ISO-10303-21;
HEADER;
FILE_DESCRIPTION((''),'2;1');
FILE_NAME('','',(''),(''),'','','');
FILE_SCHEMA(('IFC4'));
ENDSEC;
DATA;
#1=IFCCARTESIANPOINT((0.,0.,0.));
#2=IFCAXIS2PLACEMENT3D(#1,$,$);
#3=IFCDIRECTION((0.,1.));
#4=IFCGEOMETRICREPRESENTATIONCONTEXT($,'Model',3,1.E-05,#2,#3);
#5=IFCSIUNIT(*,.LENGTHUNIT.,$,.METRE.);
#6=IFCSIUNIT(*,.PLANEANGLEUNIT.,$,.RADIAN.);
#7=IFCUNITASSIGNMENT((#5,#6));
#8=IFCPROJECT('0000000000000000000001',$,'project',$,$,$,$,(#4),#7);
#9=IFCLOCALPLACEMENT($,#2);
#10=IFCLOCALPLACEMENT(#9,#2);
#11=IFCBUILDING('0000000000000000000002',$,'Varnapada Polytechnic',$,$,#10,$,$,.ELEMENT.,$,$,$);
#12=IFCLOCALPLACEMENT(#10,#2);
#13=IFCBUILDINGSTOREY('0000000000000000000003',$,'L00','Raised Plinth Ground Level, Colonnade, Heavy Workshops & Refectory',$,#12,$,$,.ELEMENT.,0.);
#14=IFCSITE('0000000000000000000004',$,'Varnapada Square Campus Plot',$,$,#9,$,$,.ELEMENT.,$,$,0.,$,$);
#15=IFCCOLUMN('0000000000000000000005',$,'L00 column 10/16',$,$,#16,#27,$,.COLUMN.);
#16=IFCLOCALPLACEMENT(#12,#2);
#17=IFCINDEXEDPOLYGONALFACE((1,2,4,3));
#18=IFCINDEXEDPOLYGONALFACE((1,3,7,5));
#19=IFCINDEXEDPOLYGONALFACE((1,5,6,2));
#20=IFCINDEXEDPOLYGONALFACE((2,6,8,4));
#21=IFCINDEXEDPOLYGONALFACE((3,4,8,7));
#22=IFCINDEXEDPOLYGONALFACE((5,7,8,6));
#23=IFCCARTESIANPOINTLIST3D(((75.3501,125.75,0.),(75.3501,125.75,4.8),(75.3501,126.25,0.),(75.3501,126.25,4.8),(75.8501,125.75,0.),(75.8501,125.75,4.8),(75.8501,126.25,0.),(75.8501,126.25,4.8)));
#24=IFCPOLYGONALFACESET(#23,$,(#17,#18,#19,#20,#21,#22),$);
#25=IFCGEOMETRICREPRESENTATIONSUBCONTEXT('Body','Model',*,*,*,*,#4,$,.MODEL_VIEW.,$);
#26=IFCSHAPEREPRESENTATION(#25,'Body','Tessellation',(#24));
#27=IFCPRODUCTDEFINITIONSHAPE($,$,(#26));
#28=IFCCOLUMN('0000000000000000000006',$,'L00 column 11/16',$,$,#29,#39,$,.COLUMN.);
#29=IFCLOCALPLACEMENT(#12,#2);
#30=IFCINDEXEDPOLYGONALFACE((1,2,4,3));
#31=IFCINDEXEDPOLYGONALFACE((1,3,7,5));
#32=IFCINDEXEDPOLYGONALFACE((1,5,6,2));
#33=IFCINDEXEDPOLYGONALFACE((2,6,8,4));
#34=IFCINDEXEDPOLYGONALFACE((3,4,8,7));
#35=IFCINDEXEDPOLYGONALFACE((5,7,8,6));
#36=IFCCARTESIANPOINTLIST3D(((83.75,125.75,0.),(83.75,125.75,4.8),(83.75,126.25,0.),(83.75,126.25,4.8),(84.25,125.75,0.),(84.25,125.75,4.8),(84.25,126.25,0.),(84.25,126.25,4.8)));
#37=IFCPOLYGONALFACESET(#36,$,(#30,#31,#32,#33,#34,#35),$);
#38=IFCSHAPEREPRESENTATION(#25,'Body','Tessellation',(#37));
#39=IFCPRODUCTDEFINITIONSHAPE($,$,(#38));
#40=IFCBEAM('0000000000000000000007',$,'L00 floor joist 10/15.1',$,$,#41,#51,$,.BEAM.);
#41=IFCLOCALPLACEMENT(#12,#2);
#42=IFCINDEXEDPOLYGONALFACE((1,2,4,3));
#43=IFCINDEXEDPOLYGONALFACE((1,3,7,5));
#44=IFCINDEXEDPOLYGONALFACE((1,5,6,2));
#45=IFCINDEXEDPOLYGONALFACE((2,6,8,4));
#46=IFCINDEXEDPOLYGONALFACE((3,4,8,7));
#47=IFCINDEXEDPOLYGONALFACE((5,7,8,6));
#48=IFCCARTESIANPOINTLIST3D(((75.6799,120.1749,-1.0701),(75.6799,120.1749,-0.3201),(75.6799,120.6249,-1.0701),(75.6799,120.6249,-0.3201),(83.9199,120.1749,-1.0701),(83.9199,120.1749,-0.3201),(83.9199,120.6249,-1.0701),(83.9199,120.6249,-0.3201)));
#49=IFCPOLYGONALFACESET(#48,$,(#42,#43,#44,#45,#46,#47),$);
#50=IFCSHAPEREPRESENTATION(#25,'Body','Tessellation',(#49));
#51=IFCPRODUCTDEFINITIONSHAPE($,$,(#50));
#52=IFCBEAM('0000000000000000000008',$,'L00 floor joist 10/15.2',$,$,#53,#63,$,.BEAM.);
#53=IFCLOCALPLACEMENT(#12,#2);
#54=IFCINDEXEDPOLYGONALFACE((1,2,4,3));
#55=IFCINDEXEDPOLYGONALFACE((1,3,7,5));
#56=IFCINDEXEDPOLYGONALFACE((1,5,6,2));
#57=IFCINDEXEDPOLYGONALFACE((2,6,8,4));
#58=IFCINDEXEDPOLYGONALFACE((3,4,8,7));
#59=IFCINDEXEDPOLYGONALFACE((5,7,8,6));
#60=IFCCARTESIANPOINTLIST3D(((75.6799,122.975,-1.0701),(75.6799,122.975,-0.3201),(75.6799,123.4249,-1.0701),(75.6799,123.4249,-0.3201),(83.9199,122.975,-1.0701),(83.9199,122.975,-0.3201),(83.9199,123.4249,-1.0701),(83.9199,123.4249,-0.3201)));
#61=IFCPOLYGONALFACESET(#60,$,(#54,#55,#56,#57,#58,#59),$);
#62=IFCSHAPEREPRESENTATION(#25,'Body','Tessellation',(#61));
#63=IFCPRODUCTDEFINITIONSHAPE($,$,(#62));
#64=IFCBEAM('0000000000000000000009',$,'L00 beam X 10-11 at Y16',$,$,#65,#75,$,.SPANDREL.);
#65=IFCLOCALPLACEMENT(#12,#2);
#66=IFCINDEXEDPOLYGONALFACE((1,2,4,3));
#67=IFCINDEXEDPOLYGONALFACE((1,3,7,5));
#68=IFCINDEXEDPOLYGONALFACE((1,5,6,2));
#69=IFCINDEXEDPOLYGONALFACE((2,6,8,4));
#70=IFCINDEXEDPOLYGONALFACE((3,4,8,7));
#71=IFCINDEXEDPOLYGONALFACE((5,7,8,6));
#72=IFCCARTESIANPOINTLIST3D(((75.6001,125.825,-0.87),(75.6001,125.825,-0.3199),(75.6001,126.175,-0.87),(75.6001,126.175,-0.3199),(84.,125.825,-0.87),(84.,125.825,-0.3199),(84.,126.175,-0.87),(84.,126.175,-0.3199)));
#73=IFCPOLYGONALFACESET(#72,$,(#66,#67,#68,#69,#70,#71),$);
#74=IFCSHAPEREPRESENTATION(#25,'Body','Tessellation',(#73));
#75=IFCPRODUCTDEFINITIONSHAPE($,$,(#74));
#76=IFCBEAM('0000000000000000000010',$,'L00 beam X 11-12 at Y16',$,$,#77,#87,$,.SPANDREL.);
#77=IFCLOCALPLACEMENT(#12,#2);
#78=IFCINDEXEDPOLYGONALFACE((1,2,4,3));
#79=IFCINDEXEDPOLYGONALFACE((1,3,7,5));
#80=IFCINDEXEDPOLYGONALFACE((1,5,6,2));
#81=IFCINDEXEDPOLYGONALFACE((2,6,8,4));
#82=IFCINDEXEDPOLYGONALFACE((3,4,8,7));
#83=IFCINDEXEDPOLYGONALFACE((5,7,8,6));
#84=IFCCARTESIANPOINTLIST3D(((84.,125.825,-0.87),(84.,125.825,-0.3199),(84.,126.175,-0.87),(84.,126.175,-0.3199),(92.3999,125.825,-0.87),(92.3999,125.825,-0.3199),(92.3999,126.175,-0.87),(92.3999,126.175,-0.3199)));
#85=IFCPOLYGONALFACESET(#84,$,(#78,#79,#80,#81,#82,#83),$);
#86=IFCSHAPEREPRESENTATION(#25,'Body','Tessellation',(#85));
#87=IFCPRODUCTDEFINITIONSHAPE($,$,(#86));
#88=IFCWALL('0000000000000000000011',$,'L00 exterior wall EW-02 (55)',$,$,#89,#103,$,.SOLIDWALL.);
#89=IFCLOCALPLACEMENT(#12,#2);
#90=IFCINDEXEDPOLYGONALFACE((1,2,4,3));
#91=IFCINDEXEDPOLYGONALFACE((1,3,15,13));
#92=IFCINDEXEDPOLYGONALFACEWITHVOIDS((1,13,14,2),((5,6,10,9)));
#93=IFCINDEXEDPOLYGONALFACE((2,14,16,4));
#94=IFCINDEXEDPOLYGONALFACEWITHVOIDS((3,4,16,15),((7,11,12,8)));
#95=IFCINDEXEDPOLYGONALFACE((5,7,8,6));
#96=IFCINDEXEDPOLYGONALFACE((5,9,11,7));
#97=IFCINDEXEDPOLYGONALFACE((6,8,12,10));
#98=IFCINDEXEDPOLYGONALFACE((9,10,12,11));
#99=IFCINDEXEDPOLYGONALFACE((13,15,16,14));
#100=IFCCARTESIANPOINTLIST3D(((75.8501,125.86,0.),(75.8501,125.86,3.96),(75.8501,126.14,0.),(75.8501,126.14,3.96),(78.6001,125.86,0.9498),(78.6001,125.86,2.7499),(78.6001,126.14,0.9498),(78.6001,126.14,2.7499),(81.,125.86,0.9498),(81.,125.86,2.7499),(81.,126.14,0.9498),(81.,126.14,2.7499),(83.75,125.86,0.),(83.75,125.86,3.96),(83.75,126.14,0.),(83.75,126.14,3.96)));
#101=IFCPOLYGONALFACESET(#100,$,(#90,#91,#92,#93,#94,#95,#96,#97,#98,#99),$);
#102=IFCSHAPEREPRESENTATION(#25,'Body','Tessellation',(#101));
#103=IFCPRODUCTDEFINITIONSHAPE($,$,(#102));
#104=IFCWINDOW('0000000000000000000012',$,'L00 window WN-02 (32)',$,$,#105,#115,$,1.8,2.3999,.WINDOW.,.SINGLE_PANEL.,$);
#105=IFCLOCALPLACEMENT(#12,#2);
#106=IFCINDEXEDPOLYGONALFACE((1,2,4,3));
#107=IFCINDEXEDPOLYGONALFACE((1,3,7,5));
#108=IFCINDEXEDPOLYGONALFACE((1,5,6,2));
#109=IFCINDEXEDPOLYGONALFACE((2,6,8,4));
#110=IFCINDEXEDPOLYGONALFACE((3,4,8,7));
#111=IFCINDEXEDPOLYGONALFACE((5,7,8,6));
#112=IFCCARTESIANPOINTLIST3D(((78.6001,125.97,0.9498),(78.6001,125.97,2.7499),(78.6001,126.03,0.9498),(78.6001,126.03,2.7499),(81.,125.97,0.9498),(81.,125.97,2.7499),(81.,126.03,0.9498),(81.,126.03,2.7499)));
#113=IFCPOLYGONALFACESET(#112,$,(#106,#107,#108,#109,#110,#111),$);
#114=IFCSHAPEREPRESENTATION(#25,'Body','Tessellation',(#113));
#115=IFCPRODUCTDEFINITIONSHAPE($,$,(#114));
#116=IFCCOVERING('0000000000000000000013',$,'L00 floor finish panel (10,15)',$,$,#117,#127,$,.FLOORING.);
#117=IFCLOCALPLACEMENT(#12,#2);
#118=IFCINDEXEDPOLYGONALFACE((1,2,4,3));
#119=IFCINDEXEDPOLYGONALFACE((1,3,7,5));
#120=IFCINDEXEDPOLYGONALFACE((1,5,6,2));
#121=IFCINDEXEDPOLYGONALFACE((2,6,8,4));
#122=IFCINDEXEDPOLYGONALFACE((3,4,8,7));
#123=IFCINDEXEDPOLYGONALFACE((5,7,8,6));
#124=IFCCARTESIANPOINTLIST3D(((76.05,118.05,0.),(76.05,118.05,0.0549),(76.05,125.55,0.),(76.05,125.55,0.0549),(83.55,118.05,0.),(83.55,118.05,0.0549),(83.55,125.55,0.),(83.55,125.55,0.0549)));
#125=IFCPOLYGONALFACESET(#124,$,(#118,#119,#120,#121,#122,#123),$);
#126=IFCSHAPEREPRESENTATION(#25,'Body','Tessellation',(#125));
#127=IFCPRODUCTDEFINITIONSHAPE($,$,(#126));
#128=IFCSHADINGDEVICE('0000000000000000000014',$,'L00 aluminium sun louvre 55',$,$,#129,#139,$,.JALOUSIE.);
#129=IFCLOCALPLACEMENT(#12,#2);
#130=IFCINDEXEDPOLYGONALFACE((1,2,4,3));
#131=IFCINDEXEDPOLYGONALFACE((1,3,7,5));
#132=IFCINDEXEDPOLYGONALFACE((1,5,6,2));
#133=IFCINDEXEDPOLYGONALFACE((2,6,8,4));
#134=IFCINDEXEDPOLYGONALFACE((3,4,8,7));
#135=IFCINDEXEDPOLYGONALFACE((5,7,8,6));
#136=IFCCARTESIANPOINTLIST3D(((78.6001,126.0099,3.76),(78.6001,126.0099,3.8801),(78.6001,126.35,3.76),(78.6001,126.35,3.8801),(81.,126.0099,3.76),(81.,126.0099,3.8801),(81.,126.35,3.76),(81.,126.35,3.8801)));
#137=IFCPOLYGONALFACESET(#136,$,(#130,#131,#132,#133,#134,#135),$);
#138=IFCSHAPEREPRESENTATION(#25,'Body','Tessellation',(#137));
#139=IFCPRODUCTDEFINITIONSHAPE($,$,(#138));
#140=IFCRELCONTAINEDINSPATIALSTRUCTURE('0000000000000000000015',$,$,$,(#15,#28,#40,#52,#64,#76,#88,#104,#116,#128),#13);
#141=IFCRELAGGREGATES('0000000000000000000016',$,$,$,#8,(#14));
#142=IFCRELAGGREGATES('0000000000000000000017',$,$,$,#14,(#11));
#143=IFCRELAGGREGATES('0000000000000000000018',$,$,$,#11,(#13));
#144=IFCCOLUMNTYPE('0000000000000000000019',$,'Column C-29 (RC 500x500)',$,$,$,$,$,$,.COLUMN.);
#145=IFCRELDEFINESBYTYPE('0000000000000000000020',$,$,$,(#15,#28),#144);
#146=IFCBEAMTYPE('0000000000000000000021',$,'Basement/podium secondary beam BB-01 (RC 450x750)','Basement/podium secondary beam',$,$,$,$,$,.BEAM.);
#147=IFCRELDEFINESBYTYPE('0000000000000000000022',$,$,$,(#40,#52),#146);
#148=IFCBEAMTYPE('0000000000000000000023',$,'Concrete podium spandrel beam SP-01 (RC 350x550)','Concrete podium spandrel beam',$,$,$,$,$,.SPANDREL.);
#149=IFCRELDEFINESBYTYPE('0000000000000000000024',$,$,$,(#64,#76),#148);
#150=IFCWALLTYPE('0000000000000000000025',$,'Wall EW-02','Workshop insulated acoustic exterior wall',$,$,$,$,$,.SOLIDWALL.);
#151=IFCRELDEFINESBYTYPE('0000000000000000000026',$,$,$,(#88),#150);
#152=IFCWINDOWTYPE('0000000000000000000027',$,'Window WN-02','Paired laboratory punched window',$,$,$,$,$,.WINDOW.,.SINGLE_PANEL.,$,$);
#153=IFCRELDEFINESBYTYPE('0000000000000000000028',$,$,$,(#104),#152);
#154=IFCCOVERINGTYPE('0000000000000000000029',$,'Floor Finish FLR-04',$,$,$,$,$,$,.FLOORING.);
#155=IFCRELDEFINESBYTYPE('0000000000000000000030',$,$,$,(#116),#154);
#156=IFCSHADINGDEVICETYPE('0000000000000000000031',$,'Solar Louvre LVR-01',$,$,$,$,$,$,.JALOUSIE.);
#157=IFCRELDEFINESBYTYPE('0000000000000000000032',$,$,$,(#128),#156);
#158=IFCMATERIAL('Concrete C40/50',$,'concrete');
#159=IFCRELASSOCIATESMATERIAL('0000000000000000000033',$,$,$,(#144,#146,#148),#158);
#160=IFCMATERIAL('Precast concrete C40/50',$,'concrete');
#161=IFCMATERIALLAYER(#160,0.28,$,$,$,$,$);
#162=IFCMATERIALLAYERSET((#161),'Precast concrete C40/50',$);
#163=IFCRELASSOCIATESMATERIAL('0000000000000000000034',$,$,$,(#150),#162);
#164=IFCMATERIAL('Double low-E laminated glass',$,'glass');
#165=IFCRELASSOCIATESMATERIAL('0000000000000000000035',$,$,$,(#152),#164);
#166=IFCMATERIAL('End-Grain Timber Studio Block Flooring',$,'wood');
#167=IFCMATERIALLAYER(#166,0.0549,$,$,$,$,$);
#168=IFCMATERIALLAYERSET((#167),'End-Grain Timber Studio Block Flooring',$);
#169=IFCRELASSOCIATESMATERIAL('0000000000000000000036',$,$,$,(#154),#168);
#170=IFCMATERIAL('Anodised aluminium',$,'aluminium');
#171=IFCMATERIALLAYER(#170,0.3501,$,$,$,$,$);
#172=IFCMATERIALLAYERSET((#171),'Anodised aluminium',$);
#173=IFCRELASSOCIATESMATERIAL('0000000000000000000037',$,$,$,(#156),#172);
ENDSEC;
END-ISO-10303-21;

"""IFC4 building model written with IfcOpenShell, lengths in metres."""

from ifc_helpers import new_model, si_unit, direction, frame, frame_2d, origin, origin_2d, place, context, subcontext, project, spatial, rectangle, extrude, material, layer, layer_set, material_profile, profile_set, type_object, element, fill, save


model = new_model("IFC4")

# Units and contexts
model_context = context("Model", 3, precision=1e-05, world=origin(), true_north=direction((0.0, 1.0)))
body_context = subcontext(model_context, "Body", "Model", "MODEL_VIEW")
ifc_project = project(units=[si_unit("LENGTHUNIT", "METRE"), si_unit("PLANEANGLEUNIT", "RADIAN")], contexts=[model_context])

# Site, building, storey
site_placement = place(None, origin())
site = spatial("IfcSite", under=ifc_project, at=site_placement, Name="Varnapada Square Campus Plot", CompositionType="ELEMENT", RefElevation=0.0)
building_placement = place(site_placement, origin())
building = spatial("IfcBuilding", under=site, at=building_placement, Name="Varnapada Polytechnic", CompositionType="ELEMENT")
storey_placement = place(building_placement, origin())
storey = spatial("IfcBuildingStorey", under=building, at=storey_placement, Name="L00", Description="Raised Plinth Ground Level, Colonnade, Heavy Workshops & Refectory", CompositionType="ELEMENT", Elevation=0.0)

# Columns
ifc_material_1 = material(Name="Concrete C40/50", Category="concrete")
ifc_material_profile_1 = material_profile(ifc_material_1, rectangle(XDim=0.5, YDim=0.5, at=origin_2d()), Name="RC 500x500")
ifc_profile_set_1 = profile_set([ifc_material_profile_1], Name="Concrete C40/50")
column_type = type_object("IfcColumnType", Name="Column C-29 (RC 500x500)", PredefinedType="COLUMN", material=ifc_profile_set_1)
for number, where, z_axis, x_axis, name in (
    (1, (75.6001, 126.0, 0.0), (0.0, 0.0, 1.0), (1.0, 0.0, 0.0), "L00 column 10/16"),
    (2, (84.0, 126.0, 0.0), (0.0, 0.0, 1.0), (1.0, 0.0, 0.0), "L00 column 11/16"),
):
    element("IfcColumn", number, at=place(storey_placement, frame(where, z_axis=z_axis, x_axis=x_axis)), inside=storey, type_object=column_type, Name=name, PredefinedType="COLUMN", context=body_context, shape_type="SweptSolid", body=[
        extrude(rectangle(XDim=0.5, YDim=0.5, at=origin_2d()), origin(), (0.0, 0.0, 1.0), 4.8),
    ])

# Beams
ifc_material_profile_2 = material_profile(ifc_material_1, rectangle(XDim=0.45, YDim=0.75, at=origin_2d()), Name="RC 450x750")
ifc_profile_set_2 = profile_set([ifc_material_profile_2], Name="Concrete C40/50")
beam_type_1 = type_object("IfcBeamType", Name="Basement/podium secondary beam BB-01 (RC 450x750)", Description="Basement/podium secondary beam", PredefinedType="BEAM", material=ifc_profile_set_2)
for number, where, z_axis, x_axis, name in (
    (3, (75.6799, 120.3999, -0.6951), (1.0, 0.0, 0.0), (0.0, 1.0, 0.0), "L00 floor joist 10/15.1"),
    (4, (75.6799, 123.2, -0.6951), (1.0, 0.0, 0.0), (0.0, 1.0, 0.0), "L00 floor joist 10/15.2"),
):
    element("IfcBeam", number, at=place(storey_placement, frame(where, z_axis=z_axis, x_axis=x_axis)), inside=storey, type_object=beam_type_1, Name=name, PredefinedType="BEAM", context=body_context, shape_type="SweptSolid", body=[
        extrude(rectangle(XDim=0.45, YDim=0.75, at=origin_2d()), origin(), (0.0, 0.0, 1.0), 8.24),
    ])
ifc_material_profile_3 = material_profile(ifc_material_1, rectangle(XDim=0.3501, YDim=0.55, at=origin_2d()), Name="RC 350x550")
ifc_profile_set_3 = profile_set([ifc_material_profile_3], Name="Concrete C40/50")
beam_type_2 = type_object("IfcBeamType", Name="Concrete podium spandrel beam SP-01 (RC 350x550)", Description="Concrete podium spandrel beam", PredefinedType="SPANDREL", material=ifc_profile_set_3)
for number, where, z_axis, x_axis, name in (
    (5, (75.6001, 126.0, -0.595), (1.0, 0.0, 0.0), (0.0, 1.0, 0.0), "L00 beam X 10-11 at Y16"),
    (6, (84.0, 126.0, -0.595), (1.0, 0.0, 0.0), (0.0, 1.0, 0.0), "L00 beam X 11-12 at Y16"),
):
    element("IfcBeam", number, at=place(storey_placement, frame(where, z_axis=z_axis, x_axis=x_axis)), inside=storey, type_object=beam_type_2, Name=name, PredefinedType="SPANDREL", context=body_context, shape_type="SweptSolid", body=[
        extrude(rectangle(XDim=0.3501, YDim=0.55, at=origin_2d()), origin(), (0.0, 0.0, 1.0), 8.3999),
    ])

# Wall, opening, window
ifc_material_2 = material(Name="Precast concrete C40/50", Category="concrete")
ifc_layer_1 = layer(ifc_material_2, 0.28)
ifc_layer_set_1 = layer_set([ifc_layer_1], Name="Precast concrete C40/50")
wall_type = type_object("IfcWallType", Name="Wall EW-02", Description="Workshop insulated acoustic exterior wall", PredefinedType="SOLIDWALL", material=ifc_layer_set_1)
wall_placement = place(storey_placement, frame((75.8501, 126.0, 0.0), z_axis=(0.0, 0.0, 1.0), x_axis=(1.0, 0.0, 0.0)))
wall = element("IfcWall", 7, at=wall_placement, inside=storey, type_object=wall_type, Name="L00 exterior wall EW-02 (55)", PredefinedType="SOLIDWALL", context=body_context, shape_type="SweptSolid", body=[
    extrude(rectangle(XDim=7.8999, YDim=0.28, at=frame_2d((3.95, 0.0))), origin(), (0.0, 0.0, 1.0), 3.96),
])
opening_1_placement = place(wall_placement, frame((2.75, 0.0, 0.95)))
opening_1 = element("IfcOpeningElement", 8, at=opening_1_placement, cuts=wall, PredefinedType="OPENING", context=body_context, shape_type="SweptSolid", body=[
    extrude(rectangle(XDim=2.3999, YDim=1.8, at=frame_2d((1.2, 0.8999))), frame((0.0, 0.1499, 0.0), z_axis=(0.0, -1.0, 0.0), x_axis=(1.0, 0.0, 0.0)), (0.0, 0.0, 1.0), 0.3),
])
ifc_material_3 = material(Name="Double low-E laminated glass", Category="glass")
window_type = type_object("IfcWindowType", Name="Window WN-02", Description="Paired laboratory punched window", PartitioningType="SINGLE_PANEL", PredefinedType="WINDOW", material=ifc_material_3)
window_placement = place(opening_1_placement, origin())
window = element("IfcWindow", 9, at=window_placement, inside=storey, type_object=window_type, Name="L00 window WN-02 (32)", OverallHeight=1.8, OverallWidth=2.3999, PartitioningType="SINGLE_PANEL", PredefinedType="WINDOW", context=body_context, shape_type="SweptSolid", body=[
    extrude(rectangle(XDim=2.3999, YDim=1.8, at=frame_2d((1.2, 0.8999))), frame((0.0, 0.03, 0.0), z_axis=(0.0, -1.0, 0.0), x_axis=(1.0, 0.0, 0.0)), (0.0, 0.0, 1.0), 0.0601),
])
fill(opening_1, window)

# Covering
ifc_material_4 = material(Name="End-Grain Timber Studio Block Flooring", Category="wood")
ifc_layer_2 = layer(ifc_material_4, 0.0549)
ifc_layer_set_2 = layer_set([ifc_layer_2], Name="End-Grain Timber Studio Block Flooring")
covering_type_1 = type_object("IfcCoveringType", Name="Floor Finish FLR-04", PredefinedType="FLOORING", material=ifc_layer_set_2)
covering_1_placement = place(storey_placement, frame((79.8, 121.8, 0.0), z_axis=(0.0, 0.0, 1.0), x_axis=(1.0, 0.0, 0.0)))
element("IfcCovering", 10, at=covering_1_placement, inside=storey, type_object=covering_type_1, Name="L00 floor finish panel (10,15)", PredefinedType="FLOORING", context=body_context, shape_type="SweptSolid", body=[
    extrude(rectangle(XDim=7.5, YDim=7.5, at=origin_2d()), origin(), (0.0, 0.0, 1.0), 0.0549),
])

# Shading device
ifc_material_5 = material(Name="Anodised aluminium", Category="aluminium")
ifc_layer_3 = layer(ifc_material_5, 0.3501)
ifc_layer_set_3 = layer_set([ifc_layer_3], Name="Anodised aluminium")
shading_device_type_1 = type_object("IfcShadingDeviceType", Name="Solar Louvre LVR-01", PredefinedType="JALOUSIE", material=ifc_layer_set_3)
shading_device_1_placement = place(storey_placement, frame((79.8, 126.1799, 3.76), z_axis=(0.0, 0.0, 1.0), x_axis=(1.0, 0.0, 0.0)))
element("IfcShadingDevice", 11, at=shading_device_1_placement, inside=storey, type_object=shading_device_type_1, Name="L00 aluminium sun louvre 55", PredefinedType="JALOUSIE", context=body_context, shape_type="SweptSolid", body=[
    extrude(rectangle(XDim=2.3999, YDim=0.3401, at=origin_2d()), origin(), (0.0, 0.0, 1.0), 0.1201),
])

save(model, "model.ifc")
